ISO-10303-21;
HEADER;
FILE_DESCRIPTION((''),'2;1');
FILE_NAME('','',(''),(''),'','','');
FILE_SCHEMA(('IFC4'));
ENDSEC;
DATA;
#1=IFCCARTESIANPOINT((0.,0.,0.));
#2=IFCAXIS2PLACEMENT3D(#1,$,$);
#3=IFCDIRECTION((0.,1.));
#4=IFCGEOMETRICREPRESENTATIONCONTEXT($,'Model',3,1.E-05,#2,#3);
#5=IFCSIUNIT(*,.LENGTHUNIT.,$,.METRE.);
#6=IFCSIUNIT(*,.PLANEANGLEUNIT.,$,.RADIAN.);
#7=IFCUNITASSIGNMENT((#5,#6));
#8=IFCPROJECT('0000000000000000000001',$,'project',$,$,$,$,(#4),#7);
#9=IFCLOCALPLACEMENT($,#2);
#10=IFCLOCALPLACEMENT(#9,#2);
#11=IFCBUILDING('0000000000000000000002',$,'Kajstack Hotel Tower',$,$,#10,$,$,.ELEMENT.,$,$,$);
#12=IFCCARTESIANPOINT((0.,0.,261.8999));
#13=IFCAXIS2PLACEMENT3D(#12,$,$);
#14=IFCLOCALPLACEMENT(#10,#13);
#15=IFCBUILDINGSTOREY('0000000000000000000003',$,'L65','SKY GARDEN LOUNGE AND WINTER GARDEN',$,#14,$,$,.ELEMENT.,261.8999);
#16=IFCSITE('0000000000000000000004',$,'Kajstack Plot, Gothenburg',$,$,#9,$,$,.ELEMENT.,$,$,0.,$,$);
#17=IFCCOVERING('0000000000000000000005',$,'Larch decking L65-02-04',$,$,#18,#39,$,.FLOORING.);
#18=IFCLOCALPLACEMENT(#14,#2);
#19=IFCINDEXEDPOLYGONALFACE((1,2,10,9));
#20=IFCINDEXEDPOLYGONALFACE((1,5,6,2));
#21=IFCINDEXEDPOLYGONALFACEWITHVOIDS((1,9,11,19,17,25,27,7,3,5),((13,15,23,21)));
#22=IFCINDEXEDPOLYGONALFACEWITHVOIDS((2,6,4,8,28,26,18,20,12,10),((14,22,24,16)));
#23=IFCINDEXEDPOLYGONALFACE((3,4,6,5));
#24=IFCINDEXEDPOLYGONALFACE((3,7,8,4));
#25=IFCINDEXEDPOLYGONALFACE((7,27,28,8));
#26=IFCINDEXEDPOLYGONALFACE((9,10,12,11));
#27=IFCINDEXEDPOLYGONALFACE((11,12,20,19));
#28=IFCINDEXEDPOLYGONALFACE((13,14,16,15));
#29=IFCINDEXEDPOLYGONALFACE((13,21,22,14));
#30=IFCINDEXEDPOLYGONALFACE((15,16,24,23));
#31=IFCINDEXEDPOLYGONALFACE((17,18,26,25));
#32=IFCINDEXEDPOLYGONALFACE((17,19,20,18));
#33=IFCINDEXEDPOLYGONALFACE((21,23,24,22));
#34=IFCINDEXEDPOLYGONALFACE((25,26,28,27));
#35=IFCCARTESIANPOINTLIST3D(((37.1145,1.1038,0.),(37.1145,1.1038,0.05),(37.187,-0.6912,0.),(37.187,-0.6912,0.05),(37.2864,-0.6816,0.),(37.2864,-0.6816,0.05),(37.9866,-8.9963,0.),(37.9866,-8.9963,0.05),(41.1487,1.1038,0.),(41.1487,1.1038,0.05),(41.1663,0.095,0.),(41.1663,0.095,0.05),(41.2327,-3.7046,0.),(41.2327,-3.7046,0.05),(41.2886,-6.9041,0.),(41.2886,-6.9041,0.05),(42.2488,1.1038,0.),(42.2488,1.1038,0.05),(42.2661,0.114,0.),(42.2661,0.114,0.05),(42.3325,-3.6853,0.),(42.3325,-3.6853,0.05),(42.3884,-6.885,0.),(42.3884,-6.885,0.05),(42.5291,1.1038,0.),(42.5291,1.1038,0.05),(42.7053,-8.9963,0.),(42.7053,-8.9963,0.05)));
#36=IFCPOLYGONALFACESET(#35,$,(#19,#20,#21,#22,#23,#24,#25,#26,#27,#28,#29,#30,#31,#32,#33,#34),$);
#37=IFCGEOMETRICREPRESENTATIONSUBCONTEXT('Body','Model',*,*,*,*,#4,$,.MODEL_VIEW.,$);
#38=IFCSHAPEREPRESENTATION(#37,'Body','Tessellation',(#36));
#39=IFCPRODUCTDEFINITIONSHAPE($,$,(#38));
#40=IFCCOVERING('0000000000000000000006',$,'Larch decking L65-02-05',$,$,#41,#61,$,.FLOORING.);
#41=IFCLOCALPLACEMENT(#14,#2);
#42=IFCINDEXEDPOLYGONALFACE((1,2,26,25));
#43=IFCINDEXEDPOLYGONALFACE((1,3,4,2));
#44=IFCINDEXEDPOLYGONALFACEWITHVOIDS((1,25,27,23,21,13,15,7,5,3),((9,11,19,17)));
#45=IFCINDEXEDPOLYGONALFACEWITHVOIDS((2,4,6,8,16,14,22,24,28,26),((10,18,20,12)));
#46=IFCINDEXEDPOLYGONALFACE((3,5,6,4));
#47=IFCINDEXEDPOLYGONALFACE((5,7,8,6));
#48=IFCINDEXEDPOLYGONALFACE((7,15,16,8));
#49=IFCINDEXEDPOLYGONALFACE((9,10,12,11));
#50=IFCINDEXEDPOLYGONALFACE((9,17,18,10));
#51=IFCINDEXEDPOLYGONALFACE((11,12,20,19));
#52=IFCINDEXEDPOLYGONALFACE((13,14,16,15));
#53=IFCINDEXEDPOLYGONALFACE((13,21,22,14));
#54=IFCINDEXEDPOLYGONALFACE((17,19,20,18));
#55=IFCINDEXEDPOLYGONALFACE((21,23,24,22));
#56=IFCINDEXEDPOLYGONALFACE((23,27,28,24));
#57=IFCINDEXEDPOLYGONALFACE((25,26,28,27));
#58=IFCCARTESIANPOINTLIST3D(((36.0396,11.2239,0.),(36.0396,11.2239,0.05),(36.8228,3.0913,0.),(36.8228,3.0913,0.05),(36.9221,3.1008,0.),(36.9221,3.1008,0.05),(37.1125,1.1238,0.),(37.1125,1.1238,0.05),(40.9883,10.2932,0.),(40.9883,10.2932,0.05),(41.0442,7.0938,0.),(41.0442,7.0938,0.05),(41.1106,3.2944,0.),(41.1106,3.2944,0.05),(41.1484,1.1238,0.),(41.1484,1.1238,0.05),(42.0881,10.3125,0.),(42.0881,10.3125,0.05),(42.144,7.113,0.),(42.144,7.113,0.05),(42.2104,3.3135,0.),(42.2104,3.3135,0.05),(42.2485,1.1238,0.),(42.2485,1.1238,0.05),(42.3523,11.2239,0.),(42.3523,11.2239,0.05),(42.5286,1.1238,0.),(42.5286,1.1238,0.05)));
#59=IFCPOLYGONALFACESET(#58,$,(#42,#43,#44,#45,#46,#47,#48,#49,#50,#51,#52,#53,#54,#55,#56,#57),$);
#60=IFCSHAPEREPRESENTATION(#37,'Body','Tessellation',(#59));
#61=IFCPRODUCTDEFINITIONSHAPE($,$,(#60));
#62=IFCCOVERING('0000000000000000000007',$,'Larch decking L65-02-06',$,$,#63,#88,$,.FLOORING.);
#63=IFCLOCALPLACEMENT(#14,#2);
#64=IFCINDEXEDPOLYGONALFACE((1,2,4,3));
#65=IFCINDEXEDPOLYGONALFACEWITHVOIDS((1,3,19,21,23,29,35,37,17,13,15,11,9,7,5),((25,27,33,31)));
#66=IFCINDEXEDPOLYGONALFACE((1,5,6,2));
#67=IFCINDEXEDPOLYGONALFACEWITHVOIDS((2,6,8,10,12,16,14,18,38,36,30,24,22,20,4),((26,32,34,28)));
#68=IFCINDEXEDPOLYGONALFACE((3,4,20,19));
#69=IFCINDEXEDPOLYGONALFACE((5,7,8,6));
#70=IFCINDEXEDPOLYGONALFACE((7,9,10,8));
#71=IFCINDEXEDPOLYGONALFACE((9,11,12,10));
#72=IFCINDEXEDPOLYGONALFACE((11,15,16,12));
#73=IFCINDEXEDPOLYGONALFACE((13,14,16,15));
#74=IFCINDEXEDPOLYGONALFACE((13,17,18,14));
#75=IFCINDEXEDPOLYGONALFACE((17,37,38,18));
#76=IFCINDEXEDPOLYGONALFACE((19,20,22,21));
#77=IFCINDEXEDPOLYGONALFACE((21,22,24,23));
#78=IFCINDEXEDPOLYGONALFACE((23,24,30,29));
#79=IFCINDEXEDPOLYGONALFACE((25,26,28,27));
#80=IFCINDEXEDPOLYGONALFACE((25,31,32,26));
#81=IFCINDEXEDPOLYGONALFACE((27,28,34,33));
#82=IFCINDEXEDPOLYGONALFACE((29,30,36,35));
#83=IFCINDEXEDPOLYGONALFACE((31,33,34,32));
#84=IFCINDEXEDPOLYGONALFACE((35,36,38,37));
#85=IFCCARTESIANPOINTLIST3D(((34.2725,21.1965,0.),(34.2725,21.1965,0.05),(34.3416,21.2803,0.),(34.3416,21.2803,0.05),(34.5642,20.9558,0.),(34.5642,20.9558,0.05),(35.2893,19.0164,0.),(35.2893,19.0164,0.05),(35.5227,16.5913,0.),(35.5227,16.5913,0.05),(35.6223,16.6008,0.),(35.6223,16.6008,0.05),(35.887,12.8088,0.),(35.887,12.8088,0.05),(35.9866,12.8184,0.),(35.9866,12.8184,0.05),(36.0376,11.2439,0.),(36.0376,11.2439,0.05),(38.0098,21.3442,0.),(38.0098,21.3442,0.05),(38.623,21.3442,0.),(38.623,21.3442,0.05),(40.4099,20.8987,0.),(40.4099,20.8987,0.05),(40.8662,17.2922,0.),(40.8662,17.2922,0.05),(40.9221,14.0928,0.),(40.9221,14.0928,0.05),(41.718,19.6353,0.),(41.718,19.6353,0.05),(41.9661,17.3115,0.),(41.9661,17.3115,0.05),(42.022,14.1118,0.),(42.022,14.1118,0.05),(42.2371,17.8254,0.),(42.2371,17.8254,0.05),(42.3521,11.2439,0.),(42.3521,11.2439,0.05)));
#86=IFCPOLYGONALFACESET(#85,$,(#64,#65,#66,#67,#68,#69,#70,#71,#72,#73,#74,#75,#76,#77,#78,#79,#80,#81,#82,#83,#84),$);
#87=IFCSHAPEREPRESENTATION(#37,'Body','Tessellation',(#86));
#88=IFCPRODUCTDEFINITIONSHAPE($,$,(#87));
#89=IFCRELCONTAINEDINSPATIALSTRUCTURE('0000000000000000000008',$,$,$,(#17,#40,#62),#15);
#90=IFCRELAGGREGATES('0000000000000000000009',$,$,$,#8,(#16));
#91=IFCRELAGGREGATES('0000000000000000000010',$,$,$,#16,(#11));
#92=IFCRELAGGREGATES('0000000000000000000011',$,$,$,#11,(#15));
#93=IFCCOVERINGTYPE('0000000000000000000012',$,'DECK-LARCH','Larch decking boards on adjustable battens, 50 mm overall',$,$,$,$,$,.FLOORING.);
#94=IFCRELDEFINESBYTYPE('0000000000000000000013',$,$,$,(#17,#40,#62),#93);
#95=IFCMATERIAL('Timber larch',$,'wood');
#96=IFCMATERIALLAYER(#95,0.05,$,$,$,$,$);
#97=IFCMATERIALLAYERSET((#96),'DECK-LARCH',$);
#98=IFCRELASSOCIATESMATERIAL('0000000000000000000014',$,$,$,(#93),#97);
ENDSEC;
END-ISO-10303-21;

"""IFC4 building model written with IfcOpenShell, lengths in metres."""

from ifc_helpers import new_model, si_unit, direction, frame, origin, place, context, subcontext, project, spatial, polyline, outline, extrude, material, layer, layer_set, type_object, element, save


model = new_model("IFC4")

# Units and contexts
model_context = context("Model", 3, precision=1e-05, world=origin(), true_north=direction((0.0, 1.0)))
body_context = subcontext(model_context, "Body", "Model", "MODEL_VIEW")
ifc_project = project(units=[si_unit("LENGTHUNIT", "METRE"), si_unit("PLANEANGLEUNIT", "RADIAN")], contexts=[model_context])

# Site, building, storey
site_placement = place(None, origin())
site = spatial("IfcSite", under=ifc_project, at=site_placement, Name="Kajstack Plot, Gothenburg", CompositionType="ELEMENT", RefElevation=0.0)
building_placement = place(site_placement, origin())
building = spatial("IfcBuilding", under=site, at=building_placement, Name="Kajstack Hotel Tower", CompositionType="ELEMENT")
storey_placement = place(building_placement, frame((0.0, 0.0, 261.8999)))
storey = spatial("IfcBuildingStorey", under=building, at=storey_placement, Name="L65", Description="SKY GARDEN LOUNGE AND WINTER GARDEN", CompositionType="ELEMENT", Elevation=261.8999)

# Coverings
ifc_material_1 = material(Name="Timber larch", Category="wood")
ifc_layer_1 = layer(ifc_material_1, 0.05)
ifc_layer_set_1 = layer_set([ifc_layer_1], Name="DECK-LARCH")
covering_type = type_object("IfcCoveringType", Name="DECK-LARCH", Description="Larch decking boards on adjustable battens, 50 mm overall", PredefinedType="FLOORING", material=ifc_layer_set_1)
covering_1_placement = place(storey_placement, origin())
element("IfcCovering", 1, at=covering_1_placement, inside=storey, type_object=covering_type, Name="Larch decking L65-02-04", PredefinedType="FLOORING", context=body_context, shape_type="SweptSolid", body=[
    extrude(outline(polyline([(42.5291, 1.1038), (42.2488, 1.1038), (42.2661, 0.114), (41.1663, 0.095), (41.1487, 1.1038), (37.1145, 1.1038), (37.2864, -0.6816), (37.187, -0.6912), (37.9866, -8.9963), (42.7053, -8.9963), (42.5291, 1.1038)]), holes=[polyline([(42.3884, -6.885), (41.2886, -6.9041), (41.2327, -3.7046), (42.3325, -3.6853), (42.3884, -6.885)])]), origin(), (0.0, 0.0, 1.0), 0.05),
])
covering_2_placement = place(storey_placement, origin())
element("IfcCovering", 2, at=covering_2_placement, inside=storey, type_object=covering_type, Name="Larch decking L65-02-05", PredefinedType="FLOORING", context=body_context, shape_type="SweptSolid", body=[
    extrude(outline(polyline([(42.3523, 11.2239), (36.0396, 11.2239), (36.8228, 3.0913), (36.9221, 3.1008), (37.1125, 1.1238), (41.1484, 1.1238), (41.1106, 3.2944), (42.2104, 3.3135), (42.2485, 1.1238), (42.5286, 1.1238), (42.3523, 11.2239)]), holes=[polyline([(42.144, 7.113), (41.0442, 7.0938), (40.9883, 10.2932), (42.0881, 10.3125), (42.144, 7.113)])]), origin(), (0.0, 0.0, 1.0), 0.05),
])
covering_3_placement = place(storey_placement, origin())
element("IfcCovering", 3, at=covering_3_placement, inside=storey, type_object=covering_type, Name="Larch decking L65-02-06", PredefinedType="FLOORING", context=body_context, shape_type="SweptSolid", body=[
    extrude(outline(polyline([(35.2893, 19.0164), (35.5227, 16.5913), (35.6223, 16.6008), (35.9866, 12.8184), (35.887, 12.8088), (36.0376, 11.2439), (42.3521, 11.2439), (42.2371, 17.8254), (41.718, 19.6353), (40.4099, 20.8987), (38.623, 21.3442), (38.0098, 21.3442), (34.3416, 21.2803), (34.2725, 21.1965), (34.5642, 20.9558), (35.2893, 19.0164)]), holes=[polyline([(42.022, 14.1118), (40.9221, 14.0928), (40.8662, 17.2922), (41.9661, 17.3115), (42.022, 14.1118)])]), origin(), (0.0, 0.0, 1.0), 0.05),
])

save(model, "model.ifc")
